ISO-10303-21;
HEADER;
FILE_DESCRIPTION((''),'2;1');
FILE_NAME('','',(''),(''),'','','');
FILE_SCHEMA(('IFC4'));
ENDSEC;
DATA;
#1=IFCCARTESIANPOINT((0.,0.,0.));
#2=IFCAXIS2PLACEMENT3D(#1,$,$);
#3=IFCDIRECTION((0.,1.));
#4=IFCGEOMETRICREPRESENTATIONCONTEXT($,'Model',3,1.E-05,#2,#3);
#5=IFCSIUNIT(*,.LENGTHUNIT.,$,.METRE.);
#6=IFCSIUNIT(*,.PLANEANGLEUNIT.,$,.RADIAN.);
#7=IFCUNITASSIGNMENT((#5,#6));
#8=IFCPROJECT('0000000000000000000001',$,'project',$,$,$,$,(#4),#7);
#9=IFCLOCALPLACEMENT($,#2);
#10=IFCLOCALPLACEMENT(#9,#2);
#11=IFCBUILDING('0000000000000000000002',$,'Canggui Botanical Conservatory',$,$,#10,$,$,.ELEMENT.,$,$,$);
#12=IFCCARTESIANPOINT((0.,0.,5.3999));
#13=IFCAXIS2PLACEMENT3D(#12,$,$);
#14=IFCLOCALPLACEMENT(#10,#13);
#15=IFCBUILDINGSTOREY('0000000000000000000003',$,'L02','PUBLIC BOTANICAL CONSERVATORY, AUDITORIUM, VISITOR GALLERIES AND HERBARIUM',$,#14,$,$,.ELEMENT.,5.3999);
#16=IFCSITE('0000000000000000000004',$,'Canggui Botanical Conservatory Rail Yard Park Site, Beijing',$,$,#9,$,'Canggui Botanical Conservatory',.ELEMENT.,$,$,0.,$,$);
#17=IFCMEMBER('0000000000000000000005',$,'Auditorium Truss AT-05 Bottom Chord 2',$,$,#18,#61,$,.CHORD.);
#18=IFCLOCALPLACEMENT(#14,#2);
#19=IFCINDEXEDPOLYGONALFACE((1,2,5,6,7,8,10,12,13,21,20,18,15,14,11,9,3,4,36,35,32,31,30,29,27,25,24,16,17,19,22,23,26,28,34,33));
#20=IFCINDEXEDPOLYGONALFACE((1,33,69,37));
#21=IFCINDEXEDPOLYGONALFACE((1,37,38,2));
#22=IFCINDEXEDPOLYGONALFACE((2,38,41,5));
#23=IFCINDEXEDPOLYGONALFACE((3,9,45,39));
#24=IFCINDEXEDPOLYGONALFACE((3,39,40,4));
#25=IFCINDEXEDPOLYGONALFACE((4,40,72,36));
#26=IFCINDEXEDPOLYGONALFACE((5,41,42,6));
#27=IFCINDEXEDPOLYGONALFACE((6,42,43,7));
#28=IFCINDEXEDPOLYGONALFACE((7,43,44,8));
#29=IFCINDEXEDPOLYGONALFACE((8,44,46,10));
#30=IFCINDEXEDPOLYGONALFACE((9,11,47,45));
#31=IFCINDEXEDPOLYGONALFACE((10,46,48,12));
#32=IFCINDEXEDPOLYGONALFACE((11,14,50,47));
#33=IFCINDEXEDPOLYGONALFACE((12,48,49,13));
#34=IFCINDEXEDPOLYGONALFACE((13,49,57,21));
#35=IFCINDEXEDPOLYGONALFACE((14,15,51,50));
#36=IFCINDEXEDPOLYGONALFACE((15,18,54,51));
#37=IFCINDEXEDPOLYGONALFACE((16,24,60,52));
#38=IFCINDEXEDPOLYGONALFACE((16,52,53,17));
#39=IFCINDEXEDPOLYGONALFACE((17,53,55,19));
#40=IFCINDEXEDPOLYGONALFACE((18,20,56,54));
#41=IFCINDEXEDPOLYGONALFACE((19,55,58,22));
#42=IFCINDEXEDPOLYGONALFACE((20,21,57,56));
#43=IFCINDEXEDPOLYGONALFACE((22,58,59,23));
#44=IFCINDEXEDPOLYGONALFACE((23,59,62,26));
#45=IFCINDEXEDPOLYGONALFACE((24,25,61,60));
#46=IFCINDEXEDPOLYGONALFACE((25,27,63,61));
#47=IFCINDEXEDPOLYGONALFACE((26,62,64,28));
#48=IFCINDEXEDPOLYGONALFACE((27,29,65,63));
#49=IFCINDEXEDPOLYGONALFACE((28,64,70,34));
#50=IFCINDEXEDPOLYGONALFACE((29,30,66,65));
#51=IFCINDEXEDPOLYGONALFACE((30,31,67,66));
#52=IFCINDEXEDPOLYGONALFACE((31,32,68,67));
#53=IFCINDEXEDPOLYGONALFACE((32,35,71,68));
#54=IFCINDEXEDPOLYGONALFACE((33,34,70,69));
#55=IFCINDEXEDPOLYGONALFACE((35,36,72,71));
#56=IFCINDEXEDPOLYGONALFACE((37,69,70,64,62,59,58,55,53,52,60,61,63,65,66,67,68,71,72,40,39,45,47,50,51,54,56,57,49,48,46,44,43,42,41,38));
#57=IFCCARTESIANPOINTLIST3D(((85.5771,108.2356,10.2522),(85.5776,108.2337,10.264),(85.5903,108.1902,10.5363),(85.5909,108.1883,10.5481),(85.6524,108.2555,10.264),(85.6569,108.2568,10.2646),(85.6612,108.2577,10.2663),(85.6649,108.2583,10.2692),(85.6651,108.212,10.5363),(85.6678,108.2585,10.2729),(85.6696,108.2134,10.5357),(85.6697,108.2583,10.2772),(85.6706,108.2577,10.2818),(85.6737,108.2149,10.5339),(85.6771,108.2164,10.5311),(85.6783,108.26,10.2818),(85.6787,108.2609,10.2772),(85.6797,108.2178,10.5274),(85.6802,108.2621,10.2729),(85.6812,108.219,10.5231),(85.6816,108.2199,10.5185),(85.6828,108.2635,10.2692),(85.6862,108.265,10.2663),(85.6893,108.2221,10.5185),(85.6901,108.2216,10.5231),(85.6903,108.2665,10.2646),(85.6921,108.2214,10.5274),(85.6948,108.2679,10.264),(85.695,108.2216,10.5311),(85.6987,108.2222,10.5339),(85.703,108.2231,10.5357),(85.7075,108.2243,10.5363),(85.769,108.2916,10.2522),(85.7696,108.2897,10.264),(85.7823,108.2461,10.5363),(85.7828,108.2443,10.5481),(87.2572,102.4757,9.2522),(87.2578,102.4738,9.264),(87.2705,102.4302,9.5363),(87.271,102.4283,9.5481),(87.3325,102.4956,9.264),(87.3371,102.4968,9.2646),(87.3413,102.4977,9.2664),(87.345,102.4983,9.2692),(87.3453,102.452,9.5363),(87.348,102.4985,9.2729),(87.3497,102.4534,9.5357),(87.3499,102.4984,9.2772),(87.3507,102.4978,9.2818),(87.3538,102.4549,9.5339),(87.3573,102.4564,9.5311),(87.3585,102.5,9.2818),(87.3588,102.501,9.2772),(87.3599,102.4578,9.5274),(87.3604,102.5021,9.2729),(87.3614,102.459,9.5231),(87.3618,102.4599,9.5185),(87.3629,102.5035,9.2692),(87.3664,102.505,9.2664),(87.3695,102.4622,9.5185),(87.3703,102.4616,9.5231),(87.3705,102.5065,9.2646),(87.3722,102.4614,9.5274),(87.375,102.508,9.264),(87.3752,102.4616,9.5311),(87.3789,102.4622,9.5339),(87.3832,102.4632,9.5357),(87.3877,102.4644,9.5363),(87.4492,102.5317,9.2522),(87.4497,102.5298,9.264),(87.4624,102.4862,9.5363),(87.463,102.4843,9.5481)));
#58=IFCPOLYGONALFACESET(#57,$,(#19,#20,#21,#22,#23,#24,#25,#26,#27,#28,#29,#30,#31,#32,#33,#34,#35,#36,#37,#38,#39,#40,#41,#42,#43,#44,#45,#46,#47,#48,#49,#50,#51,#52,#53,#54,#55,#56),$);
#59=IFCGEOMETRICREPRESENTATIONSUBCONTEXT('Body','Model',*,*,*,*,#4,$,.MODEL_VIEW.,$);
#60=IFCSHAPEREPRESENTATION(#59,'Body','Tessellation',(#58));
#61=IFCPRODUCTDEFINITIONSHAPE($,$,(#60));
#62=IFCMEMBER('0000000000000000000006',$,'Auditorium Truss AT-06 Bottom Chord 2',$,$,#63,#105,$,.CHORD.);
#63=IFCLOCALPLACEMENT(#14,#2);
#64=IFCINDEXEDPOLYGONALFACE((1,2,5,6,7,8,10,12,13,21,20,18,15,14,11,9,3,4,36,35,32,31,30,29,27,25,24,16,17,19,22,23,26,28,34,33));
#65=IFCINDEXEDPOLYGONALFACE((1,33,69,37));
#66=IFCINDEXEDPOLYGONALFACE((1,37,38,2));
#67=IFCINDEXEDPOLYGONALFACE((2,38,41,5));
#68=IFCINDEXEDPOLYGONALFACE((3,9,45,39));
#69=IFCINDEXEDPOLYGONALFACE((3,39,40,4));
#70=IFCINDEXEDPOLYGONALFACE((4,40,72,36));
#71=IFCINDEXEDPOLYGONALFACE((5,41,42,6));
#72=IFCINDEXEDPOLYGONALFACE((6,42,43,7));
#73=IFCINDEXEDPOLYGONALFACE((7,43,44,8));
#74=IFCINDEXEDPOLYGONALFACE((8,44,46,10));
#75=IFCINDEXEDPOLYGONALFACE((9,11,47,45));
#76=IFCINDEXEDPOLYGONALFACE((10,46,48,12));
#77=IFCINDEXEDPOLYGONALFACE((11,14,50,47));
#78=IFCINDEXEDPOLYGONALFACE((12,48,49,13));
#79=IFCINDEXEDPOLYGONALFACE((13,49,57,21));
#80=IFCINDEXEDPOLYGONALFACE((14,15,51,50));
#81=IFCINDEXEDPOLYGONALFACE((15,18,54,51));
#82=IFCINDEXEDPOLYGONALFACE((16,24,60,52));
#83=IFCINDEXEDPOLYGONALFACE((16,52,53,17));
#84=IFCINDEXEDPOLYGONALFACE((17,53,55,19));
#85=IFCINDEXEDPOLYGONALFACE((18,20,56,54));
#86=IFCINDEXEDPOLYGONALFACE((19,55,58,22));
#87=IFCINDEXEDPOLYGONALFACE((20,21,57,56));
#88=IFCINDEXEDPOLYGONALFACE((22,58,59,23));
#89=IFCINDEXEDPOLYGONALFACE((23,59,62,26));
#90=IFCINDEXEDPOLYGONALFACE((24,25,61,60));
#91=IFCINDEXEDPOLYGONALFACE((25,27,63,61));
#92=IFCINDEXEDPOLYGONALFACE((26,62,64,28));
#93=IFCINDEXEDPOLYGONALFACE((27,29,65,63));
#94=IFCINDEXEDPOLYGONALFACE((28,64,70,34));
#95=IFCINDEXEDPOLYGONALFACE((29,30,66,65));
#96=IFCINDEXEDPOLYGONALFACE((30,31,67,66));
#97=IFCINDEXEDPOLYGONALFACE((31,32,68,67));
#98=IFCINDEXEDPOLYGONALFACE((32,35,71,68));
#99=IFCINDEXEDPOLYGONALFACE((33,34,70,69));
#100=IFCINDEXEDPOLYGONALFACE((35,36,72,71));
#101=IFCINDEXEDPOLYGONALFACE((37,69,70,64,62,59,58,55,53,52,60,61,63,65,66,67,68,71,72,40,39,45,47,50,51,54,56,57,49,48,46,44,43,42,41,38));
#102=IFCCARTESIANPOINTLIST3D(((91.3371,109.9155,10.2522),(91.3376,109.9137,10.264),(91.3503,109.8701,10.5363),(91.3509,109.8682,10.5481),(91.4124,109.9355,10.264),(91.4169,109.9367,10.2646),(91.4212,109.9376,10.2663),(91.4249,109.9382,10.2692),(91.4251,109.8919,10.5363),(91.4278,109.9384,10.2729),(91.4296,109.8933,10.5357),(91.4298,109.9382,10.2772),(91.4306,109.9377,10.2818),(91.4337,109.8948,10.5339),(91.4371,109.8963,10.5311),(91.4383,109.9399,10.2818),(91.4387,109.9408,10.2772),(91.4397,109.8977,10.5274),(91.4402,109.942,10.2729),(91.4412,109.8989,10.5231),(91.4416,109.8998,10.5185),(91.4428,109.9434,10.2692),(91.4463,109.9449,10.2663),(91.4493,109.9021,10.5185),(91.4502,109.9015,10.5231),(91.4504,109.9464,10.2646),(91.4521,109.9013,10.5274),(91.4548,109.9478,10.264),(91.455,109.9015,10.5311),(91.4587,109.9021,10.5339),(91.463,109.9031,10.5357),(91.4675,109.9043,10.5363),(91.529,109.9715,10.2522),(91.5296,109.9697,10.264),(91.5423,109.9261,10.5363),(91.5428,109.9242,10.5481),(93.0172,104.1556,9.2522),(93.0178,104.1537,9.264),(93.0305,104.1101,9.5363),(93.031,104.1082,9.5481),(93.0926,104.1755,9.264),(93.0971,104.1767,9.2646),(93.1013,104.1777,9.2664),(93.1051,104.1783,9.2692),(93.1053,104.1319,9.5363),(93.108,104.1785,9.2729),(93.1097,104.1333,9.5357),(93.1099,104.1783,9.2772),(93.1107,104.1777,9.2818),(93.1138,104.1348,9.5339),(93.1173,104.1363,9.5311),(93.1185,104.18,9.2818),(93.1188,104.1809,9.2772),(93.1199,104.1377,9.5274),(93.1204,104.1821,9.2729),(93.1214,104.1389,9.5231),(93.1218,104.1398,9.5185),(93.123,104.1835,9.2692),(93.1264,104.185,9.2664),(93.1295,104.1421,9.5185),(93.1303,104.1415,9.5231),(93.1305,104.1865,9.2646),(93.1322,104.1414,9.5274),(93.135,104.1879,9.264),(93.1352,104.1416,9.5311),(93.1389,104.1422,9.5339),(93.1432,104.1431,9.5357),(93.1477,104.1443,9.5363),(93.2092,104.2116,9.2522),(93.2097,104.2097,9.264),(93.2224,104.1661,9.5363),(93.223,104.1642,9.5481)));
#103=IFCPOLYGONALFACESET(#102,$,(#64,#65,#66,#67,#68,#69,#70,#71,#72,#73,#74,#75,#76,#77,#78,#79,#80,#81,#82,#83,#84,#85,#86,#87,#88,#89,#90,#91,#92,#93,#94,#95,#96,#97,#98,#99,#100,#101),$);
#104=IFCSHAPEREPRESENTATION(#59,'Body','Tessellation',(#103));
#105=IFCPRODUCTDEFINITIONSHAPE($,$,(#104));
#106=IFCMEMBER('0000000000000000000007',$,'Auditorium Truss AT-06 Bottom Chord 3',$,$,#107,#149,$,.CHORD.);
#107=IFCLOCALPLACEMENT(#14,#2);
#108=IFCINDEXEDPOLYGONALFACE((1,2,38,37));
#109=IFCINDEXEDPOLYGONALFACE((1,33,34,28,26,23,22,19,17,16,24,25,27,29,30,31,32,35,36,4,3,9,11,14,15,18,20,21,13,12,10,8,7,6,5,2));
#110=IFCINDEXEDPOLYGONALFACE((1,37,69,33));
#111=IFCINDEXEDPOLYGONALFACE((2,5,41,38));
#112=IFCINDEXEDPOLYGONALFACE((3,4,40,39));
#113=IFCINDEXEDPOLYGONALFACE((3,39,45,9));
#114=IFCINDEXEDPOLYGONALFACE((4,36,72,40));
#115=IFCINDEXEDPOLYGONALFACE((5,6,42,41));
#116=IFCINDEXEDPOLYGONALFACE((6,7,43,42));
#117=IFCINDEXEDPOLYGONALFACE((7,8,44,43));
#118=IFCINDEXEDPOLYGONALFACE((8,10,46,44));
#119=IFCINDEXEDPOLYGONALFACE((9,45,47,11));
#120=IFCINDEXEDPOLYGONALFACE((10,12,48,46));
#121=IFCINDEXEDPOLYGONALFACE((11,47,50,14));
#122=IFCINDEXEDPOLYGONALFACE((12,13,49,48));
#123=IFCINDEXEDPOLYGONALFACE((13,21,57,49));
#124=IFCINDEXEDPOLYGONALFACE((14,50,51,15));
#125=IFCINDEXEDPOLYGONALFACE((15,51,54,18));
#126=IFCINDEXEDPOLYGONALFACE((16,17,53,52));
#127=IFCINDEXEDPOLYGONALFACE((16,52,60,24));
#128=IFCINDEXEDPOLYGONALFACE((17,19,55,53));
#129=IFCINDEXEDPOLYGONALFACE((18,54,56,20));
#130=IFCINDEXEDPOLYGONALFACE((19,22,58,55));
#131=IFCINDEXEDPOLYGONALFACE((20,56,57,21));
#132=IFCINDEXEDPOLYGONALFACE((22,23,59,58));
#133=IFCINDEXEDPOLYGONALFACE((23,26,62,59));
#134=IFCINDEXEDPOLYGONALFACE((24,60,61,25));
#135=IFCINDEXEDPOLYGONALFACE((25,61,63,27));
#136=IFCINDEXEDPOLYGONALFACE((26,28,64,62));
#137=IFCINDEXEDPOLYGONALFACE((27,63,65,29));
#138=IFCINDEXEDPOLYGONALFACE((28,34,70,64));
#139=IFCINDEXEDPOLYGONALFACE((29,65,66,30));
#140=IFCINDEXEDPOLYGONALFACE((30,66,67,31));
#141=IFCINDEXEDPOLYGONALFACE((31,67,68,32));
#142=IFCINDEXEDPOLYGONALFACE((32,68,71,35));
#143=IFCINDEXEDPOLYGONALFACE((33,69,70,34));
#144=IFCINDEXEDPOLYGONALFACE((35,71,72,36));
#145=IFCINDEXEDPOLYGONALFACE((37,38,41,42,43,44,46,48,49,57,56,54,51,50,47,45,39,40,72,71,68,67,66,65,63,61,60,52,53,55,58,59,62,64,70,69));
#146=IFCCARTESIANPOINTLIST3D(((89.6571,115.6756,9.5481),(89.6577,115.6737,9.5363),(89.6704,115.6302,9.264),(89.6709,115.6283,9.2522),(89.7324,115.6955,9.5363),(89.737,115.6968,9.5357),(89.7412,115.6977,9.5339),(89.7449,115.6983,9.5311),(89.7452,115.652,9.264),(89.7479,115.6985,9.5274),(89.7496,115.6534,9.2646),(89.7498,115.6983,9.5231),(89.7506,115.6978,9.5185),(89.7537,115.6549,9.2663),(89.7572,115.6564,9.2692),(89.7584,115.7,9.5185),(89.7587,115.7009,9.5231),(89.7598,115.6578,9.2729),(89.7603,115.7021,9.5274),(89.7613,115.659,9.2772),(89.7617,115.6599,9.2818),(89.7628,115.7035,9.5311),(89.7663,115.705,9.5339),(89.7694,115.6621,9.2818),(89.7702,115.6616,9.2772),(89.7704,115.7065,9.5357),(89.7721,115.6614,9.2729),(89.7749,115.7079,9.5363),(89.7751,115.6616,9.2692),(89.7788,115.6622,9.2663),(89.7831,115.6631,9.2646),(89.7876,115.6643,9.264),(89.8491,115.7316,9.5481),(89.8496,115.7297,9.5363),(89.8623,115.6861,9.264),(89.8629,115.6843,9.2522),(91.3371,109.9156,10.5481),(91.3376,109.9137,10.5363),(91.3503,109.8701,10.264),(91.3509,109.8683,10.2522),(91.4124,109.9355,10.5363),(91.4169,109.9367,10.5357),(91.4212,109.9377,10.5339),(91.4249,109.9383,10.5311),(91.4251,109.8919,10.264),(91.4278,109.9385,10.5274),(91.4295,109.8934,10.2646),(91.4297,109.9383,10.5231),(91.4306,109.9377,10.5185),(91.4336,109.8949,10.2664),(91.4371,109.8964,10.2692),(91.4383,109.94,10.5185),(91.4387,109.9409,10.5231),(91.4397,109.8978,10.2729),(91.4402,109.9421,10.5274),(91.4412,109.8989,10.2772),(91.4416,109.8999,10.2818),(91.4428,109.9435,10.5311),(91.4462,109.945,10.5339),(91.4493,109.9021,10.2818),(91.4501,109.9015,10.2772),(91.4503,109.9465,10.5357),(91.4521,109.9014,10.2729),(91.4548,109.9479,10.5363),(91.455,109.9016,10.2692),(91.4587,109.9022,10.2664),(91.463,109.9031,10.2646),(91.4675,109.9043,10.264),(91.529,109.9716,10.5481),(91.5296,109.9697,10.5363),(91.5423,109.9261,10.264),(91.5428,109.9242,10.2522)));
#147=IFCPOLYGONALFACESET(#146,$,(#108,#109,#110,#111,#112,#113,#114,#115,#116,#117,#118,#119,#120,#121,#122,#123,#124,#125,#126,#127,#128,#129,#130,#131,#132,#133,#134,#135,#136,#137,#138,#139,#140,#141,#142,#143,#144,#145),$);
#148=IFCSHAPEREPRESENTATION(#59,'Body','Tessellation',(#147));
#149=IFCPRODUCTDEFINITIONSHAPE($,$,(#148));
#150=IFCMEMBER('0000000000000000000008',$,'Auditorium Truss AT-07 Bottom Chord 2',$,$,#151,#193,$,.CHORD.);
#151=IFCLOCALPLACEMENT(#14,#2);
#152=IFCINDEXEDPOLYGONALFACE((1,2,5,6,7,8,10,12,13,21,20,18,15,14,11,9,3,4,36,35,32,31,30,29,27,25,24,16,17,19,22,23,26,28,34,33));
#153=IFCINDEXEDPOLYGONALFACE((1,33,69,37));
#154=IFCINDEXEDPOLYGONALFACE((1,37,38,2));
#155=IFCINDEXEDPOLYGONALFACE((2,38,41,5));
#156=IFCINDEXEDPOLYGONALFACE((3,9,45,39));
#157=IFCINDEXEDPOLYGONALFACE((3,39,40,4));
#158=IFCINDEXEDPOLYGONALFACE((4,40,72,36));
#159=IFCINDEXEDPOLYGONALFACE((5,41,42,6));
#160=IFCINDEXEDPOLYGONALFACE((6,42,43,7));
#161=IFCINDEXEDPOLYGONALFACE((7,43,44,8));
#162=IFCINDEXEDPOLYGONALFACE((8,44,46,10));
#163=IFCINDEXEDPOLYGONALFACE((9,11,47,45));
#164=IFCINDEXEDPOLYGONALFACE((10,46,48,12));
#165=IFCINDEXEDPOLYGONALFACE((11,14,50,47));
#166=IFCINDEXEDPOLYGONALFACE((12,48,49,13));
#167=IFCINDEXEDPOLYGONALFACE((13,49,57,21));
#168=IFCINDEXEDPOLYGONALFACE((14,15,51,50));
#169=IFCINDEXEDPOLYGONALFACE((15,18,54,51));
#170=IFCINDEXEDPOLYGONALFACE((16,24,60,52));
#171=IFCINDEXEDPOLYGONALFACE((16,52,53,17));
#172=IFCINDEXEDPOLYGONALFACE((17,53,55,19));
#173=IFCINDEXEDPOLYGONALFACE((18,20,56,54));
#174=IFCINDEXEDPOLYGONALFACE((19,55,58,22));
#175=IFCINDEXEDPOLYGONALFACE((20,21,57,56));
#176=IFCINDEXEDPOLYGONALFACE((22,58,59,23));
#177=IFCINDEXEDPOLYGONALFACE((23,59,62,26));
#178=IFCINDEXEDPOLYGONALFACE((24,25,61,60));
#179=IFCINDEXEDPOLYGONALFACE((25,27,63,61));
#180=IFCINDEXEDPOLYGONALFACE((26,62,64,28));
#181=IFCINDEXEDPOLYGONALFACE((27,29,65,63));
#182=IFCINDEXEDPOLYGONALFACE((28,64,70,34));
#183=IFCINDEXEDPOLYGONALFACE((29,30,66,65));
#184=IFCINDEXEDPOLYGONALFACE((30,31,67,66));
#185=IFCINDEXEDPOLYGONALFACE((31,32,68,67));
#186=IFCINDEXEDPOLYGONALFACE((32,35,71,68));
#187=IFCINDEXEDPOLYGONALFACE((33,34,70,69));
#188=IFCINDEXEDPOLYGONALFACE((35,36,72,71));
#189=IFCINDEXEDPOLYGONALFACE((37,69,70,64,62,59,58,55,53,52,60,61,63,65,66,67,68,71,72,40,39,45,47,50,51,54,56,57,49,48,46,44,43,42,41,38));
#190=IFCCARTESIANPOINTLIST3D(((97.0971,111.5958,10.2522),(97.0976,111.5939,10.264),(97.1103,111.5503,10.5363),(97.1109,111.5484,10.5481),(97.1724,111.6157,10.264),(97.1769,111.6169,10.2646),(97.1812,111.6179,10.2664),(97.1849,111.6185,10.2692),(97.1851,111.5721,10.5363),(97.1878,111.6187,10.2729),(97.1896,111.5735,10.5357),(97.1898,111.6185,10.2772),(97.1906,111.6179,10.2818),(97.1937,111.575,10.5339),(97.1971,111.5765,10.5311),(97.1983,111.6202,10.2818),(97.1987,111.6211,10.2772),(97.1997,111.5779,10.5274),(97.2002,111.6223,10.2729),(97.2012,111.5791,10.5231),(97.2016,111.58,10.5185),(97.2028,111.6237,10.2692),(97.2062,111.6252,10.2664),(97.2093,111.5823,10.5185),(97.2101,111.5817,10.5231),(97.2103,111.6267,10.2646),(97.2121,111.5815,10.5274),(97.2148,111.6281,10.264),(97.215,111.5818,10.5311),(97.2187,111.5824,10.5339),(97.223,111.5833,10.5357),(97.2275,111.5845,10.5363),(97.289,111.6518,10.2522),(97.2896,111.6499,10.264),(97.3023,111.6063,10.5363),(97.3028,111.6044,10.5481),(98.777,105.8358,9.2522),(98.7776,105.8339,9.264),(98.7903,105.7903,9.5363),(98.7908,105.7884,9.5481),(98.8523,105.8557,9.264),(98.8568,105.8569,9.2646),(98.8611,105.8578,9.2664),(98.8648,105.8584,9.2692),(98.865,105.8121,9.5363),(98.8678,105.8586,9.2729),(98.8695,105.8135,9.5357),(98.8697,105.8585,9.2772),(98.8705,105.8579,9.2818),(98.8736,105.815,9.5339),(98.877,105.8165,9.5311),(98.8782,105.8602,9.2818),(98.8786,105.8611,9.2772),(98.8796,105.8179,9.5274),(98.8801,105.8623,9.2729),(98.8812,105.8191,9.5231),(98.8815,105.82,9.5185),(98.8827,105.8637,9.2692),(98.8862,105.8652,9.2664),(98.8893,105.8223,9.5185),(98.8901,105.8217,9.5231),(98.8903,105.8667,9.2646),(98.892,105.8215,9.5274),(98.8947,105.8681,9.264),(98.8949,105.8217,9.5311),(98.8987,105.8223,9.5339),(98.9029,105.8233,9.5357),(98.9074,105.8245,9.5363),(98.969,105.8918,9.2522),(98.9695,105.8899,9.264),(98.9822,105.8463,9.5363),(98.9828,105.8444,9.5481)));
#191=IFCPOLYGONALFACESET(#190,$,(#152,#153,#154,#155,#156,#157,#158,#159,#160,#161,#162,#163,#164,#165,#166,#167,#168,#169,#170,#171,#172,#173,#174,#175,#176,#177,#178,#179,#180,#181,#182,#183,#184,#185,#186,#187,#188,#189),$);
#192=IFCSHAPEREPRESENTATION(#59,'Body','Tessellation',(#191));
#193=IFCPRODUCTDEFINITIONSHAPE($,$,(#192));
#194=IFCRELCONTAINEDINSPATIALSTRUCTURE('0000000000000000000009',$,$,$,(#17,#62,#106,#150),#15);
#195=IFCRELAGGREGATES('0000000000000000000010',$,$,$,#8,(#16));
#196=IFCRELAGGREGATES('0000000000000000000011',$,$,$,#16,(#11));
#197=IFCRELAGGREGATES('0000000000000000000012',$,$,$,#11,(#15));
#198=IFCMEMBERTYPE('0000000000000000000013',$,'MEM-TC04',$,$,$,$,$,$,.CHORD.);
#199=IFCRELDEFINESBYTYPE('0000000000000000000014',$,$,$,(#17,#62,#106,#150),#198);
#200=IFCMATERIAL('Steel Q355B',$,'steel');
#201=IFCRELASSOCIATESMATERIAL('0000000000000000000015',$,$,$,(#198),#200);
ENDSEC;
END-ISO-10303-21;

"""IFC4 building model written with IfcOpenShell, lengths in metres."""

from ifc_helpers import new_model, si_unit, direction, frame, origin, origin_2d, place, context, subcontext, project, spatial, i_section, extrude, material, material_profile, profile_set, type_object, element, save


model = new_model("IFC4")

# Units and contexts
model_context = context("Model", 3, precision=1e-05, world=origin(), true_north=direction((0.0, 1.0)))
body_context = subcontext(model_context, "Body", "Model", "MODEL_VIEW")
ifc_project = project(units=[si_unit("LENGTHUNIT", "METRE"), si_unit("PLANEANGLEUNIT", "RADIAN")], contexts=[model_context])

# Site, building, storey
site_placement = place(None, origin())
site = spatial("IfcSite", under=ifc_project, at=site_placement, Name="Canggui Botanical Conservatory Rail Yard Park Site, Beijing", LongName="Canggui Botanical Conservatory", CompositionType="ELEMENT", RefElevation=0.0)
building_placement = place(site_placement, origin())
building = spatial("IfcBuilding", under=site, at=building_placement, Name="Canggui Botanical Conservatory", CompositionType="ELEMENT")
storey_placement = place(building_placement, frame((0.0, 0.0, 5.3999)))
storey = spatial("IfcBuildingStorey", under=building, at=storey_placement, Name="L02", Description="PUBLIC BOTANICAL CONSERVATORY, AUDITORIUM, VISITOR GALLERIES AND HERBARIUM", CompositionType="ELEMENT", Elevation=5.3999)

# Shared definitions
ifc_material_1 = material(Name="Steel Q355B", Category="steel")

# Members
ifc_material_profile_1 = material_profile(ifc_material_1, i_section(OverallWidth=0.2, OverallDepth=0.3, WebThickness=0.0081, FlangeThickness=0.012, FilletRadius=0.0181, at=origin_2d()), Name="HM 300x200x8x12")
ifc_profile_set_1 = profile_set([ifc_material_profile_1], Name="Steel Q355B")
member_type_1 = type_object("IfcMemberType", Name="MEM-TC04", PredefinedType="CHORD", material=ifc_profile_set_1)
for number, where, z_axis, x_axis, name in (
    (1, (87.3601, 102.48, 9.4001), (-0.276217, 0.946931, 0.164397), (-0.959992, -0.280027, 0.0), "Auditorium Truss AT-05 Bottom Chord 2"),
    (2, (93.1201, 104.1599, 9.4001), (-0.276217, 0.946931, 0.164397), (-0.959992, -0.280027, 0.0), "Auditorium Truss AT-06 Bottom Chord 2"),
    (3, (91.4399, 109.9199, 10.4001), (-0.276179, 0.946941, -0.164399), (-0.960003, -0.279989, 0.0), "Auditorium Truss AT-06 Bottom Chord 3"),
    (4, (98.8799, 105.8401, 9.4001), (-0.276179, 0.946941, 0.164399), (-0.960003, -0.279989, 0.0), "Auditorium Truss AT-07 Bottom Chord 2"),
):
    element("IfcMember", number, at=place(storey_placement, frame(where, z_axis=z_axis, x_axis=x_axis)), inside=storey, type_object=member_type_1, Name=name, PredefinedType="CHORD", context=body_context, shape_type="SweptSolid", body=[
        extrude(i_section(OverallWidth=0.2, OverallDepth=0.3, WebThickness=0.0081, FlangeThickness=0.012, FilletRadius=0.0181, at=origin_2d()), origin(), (0.0, 0.0, 1.0), 6.0828),
    ])

save(model, "model.ifc")
